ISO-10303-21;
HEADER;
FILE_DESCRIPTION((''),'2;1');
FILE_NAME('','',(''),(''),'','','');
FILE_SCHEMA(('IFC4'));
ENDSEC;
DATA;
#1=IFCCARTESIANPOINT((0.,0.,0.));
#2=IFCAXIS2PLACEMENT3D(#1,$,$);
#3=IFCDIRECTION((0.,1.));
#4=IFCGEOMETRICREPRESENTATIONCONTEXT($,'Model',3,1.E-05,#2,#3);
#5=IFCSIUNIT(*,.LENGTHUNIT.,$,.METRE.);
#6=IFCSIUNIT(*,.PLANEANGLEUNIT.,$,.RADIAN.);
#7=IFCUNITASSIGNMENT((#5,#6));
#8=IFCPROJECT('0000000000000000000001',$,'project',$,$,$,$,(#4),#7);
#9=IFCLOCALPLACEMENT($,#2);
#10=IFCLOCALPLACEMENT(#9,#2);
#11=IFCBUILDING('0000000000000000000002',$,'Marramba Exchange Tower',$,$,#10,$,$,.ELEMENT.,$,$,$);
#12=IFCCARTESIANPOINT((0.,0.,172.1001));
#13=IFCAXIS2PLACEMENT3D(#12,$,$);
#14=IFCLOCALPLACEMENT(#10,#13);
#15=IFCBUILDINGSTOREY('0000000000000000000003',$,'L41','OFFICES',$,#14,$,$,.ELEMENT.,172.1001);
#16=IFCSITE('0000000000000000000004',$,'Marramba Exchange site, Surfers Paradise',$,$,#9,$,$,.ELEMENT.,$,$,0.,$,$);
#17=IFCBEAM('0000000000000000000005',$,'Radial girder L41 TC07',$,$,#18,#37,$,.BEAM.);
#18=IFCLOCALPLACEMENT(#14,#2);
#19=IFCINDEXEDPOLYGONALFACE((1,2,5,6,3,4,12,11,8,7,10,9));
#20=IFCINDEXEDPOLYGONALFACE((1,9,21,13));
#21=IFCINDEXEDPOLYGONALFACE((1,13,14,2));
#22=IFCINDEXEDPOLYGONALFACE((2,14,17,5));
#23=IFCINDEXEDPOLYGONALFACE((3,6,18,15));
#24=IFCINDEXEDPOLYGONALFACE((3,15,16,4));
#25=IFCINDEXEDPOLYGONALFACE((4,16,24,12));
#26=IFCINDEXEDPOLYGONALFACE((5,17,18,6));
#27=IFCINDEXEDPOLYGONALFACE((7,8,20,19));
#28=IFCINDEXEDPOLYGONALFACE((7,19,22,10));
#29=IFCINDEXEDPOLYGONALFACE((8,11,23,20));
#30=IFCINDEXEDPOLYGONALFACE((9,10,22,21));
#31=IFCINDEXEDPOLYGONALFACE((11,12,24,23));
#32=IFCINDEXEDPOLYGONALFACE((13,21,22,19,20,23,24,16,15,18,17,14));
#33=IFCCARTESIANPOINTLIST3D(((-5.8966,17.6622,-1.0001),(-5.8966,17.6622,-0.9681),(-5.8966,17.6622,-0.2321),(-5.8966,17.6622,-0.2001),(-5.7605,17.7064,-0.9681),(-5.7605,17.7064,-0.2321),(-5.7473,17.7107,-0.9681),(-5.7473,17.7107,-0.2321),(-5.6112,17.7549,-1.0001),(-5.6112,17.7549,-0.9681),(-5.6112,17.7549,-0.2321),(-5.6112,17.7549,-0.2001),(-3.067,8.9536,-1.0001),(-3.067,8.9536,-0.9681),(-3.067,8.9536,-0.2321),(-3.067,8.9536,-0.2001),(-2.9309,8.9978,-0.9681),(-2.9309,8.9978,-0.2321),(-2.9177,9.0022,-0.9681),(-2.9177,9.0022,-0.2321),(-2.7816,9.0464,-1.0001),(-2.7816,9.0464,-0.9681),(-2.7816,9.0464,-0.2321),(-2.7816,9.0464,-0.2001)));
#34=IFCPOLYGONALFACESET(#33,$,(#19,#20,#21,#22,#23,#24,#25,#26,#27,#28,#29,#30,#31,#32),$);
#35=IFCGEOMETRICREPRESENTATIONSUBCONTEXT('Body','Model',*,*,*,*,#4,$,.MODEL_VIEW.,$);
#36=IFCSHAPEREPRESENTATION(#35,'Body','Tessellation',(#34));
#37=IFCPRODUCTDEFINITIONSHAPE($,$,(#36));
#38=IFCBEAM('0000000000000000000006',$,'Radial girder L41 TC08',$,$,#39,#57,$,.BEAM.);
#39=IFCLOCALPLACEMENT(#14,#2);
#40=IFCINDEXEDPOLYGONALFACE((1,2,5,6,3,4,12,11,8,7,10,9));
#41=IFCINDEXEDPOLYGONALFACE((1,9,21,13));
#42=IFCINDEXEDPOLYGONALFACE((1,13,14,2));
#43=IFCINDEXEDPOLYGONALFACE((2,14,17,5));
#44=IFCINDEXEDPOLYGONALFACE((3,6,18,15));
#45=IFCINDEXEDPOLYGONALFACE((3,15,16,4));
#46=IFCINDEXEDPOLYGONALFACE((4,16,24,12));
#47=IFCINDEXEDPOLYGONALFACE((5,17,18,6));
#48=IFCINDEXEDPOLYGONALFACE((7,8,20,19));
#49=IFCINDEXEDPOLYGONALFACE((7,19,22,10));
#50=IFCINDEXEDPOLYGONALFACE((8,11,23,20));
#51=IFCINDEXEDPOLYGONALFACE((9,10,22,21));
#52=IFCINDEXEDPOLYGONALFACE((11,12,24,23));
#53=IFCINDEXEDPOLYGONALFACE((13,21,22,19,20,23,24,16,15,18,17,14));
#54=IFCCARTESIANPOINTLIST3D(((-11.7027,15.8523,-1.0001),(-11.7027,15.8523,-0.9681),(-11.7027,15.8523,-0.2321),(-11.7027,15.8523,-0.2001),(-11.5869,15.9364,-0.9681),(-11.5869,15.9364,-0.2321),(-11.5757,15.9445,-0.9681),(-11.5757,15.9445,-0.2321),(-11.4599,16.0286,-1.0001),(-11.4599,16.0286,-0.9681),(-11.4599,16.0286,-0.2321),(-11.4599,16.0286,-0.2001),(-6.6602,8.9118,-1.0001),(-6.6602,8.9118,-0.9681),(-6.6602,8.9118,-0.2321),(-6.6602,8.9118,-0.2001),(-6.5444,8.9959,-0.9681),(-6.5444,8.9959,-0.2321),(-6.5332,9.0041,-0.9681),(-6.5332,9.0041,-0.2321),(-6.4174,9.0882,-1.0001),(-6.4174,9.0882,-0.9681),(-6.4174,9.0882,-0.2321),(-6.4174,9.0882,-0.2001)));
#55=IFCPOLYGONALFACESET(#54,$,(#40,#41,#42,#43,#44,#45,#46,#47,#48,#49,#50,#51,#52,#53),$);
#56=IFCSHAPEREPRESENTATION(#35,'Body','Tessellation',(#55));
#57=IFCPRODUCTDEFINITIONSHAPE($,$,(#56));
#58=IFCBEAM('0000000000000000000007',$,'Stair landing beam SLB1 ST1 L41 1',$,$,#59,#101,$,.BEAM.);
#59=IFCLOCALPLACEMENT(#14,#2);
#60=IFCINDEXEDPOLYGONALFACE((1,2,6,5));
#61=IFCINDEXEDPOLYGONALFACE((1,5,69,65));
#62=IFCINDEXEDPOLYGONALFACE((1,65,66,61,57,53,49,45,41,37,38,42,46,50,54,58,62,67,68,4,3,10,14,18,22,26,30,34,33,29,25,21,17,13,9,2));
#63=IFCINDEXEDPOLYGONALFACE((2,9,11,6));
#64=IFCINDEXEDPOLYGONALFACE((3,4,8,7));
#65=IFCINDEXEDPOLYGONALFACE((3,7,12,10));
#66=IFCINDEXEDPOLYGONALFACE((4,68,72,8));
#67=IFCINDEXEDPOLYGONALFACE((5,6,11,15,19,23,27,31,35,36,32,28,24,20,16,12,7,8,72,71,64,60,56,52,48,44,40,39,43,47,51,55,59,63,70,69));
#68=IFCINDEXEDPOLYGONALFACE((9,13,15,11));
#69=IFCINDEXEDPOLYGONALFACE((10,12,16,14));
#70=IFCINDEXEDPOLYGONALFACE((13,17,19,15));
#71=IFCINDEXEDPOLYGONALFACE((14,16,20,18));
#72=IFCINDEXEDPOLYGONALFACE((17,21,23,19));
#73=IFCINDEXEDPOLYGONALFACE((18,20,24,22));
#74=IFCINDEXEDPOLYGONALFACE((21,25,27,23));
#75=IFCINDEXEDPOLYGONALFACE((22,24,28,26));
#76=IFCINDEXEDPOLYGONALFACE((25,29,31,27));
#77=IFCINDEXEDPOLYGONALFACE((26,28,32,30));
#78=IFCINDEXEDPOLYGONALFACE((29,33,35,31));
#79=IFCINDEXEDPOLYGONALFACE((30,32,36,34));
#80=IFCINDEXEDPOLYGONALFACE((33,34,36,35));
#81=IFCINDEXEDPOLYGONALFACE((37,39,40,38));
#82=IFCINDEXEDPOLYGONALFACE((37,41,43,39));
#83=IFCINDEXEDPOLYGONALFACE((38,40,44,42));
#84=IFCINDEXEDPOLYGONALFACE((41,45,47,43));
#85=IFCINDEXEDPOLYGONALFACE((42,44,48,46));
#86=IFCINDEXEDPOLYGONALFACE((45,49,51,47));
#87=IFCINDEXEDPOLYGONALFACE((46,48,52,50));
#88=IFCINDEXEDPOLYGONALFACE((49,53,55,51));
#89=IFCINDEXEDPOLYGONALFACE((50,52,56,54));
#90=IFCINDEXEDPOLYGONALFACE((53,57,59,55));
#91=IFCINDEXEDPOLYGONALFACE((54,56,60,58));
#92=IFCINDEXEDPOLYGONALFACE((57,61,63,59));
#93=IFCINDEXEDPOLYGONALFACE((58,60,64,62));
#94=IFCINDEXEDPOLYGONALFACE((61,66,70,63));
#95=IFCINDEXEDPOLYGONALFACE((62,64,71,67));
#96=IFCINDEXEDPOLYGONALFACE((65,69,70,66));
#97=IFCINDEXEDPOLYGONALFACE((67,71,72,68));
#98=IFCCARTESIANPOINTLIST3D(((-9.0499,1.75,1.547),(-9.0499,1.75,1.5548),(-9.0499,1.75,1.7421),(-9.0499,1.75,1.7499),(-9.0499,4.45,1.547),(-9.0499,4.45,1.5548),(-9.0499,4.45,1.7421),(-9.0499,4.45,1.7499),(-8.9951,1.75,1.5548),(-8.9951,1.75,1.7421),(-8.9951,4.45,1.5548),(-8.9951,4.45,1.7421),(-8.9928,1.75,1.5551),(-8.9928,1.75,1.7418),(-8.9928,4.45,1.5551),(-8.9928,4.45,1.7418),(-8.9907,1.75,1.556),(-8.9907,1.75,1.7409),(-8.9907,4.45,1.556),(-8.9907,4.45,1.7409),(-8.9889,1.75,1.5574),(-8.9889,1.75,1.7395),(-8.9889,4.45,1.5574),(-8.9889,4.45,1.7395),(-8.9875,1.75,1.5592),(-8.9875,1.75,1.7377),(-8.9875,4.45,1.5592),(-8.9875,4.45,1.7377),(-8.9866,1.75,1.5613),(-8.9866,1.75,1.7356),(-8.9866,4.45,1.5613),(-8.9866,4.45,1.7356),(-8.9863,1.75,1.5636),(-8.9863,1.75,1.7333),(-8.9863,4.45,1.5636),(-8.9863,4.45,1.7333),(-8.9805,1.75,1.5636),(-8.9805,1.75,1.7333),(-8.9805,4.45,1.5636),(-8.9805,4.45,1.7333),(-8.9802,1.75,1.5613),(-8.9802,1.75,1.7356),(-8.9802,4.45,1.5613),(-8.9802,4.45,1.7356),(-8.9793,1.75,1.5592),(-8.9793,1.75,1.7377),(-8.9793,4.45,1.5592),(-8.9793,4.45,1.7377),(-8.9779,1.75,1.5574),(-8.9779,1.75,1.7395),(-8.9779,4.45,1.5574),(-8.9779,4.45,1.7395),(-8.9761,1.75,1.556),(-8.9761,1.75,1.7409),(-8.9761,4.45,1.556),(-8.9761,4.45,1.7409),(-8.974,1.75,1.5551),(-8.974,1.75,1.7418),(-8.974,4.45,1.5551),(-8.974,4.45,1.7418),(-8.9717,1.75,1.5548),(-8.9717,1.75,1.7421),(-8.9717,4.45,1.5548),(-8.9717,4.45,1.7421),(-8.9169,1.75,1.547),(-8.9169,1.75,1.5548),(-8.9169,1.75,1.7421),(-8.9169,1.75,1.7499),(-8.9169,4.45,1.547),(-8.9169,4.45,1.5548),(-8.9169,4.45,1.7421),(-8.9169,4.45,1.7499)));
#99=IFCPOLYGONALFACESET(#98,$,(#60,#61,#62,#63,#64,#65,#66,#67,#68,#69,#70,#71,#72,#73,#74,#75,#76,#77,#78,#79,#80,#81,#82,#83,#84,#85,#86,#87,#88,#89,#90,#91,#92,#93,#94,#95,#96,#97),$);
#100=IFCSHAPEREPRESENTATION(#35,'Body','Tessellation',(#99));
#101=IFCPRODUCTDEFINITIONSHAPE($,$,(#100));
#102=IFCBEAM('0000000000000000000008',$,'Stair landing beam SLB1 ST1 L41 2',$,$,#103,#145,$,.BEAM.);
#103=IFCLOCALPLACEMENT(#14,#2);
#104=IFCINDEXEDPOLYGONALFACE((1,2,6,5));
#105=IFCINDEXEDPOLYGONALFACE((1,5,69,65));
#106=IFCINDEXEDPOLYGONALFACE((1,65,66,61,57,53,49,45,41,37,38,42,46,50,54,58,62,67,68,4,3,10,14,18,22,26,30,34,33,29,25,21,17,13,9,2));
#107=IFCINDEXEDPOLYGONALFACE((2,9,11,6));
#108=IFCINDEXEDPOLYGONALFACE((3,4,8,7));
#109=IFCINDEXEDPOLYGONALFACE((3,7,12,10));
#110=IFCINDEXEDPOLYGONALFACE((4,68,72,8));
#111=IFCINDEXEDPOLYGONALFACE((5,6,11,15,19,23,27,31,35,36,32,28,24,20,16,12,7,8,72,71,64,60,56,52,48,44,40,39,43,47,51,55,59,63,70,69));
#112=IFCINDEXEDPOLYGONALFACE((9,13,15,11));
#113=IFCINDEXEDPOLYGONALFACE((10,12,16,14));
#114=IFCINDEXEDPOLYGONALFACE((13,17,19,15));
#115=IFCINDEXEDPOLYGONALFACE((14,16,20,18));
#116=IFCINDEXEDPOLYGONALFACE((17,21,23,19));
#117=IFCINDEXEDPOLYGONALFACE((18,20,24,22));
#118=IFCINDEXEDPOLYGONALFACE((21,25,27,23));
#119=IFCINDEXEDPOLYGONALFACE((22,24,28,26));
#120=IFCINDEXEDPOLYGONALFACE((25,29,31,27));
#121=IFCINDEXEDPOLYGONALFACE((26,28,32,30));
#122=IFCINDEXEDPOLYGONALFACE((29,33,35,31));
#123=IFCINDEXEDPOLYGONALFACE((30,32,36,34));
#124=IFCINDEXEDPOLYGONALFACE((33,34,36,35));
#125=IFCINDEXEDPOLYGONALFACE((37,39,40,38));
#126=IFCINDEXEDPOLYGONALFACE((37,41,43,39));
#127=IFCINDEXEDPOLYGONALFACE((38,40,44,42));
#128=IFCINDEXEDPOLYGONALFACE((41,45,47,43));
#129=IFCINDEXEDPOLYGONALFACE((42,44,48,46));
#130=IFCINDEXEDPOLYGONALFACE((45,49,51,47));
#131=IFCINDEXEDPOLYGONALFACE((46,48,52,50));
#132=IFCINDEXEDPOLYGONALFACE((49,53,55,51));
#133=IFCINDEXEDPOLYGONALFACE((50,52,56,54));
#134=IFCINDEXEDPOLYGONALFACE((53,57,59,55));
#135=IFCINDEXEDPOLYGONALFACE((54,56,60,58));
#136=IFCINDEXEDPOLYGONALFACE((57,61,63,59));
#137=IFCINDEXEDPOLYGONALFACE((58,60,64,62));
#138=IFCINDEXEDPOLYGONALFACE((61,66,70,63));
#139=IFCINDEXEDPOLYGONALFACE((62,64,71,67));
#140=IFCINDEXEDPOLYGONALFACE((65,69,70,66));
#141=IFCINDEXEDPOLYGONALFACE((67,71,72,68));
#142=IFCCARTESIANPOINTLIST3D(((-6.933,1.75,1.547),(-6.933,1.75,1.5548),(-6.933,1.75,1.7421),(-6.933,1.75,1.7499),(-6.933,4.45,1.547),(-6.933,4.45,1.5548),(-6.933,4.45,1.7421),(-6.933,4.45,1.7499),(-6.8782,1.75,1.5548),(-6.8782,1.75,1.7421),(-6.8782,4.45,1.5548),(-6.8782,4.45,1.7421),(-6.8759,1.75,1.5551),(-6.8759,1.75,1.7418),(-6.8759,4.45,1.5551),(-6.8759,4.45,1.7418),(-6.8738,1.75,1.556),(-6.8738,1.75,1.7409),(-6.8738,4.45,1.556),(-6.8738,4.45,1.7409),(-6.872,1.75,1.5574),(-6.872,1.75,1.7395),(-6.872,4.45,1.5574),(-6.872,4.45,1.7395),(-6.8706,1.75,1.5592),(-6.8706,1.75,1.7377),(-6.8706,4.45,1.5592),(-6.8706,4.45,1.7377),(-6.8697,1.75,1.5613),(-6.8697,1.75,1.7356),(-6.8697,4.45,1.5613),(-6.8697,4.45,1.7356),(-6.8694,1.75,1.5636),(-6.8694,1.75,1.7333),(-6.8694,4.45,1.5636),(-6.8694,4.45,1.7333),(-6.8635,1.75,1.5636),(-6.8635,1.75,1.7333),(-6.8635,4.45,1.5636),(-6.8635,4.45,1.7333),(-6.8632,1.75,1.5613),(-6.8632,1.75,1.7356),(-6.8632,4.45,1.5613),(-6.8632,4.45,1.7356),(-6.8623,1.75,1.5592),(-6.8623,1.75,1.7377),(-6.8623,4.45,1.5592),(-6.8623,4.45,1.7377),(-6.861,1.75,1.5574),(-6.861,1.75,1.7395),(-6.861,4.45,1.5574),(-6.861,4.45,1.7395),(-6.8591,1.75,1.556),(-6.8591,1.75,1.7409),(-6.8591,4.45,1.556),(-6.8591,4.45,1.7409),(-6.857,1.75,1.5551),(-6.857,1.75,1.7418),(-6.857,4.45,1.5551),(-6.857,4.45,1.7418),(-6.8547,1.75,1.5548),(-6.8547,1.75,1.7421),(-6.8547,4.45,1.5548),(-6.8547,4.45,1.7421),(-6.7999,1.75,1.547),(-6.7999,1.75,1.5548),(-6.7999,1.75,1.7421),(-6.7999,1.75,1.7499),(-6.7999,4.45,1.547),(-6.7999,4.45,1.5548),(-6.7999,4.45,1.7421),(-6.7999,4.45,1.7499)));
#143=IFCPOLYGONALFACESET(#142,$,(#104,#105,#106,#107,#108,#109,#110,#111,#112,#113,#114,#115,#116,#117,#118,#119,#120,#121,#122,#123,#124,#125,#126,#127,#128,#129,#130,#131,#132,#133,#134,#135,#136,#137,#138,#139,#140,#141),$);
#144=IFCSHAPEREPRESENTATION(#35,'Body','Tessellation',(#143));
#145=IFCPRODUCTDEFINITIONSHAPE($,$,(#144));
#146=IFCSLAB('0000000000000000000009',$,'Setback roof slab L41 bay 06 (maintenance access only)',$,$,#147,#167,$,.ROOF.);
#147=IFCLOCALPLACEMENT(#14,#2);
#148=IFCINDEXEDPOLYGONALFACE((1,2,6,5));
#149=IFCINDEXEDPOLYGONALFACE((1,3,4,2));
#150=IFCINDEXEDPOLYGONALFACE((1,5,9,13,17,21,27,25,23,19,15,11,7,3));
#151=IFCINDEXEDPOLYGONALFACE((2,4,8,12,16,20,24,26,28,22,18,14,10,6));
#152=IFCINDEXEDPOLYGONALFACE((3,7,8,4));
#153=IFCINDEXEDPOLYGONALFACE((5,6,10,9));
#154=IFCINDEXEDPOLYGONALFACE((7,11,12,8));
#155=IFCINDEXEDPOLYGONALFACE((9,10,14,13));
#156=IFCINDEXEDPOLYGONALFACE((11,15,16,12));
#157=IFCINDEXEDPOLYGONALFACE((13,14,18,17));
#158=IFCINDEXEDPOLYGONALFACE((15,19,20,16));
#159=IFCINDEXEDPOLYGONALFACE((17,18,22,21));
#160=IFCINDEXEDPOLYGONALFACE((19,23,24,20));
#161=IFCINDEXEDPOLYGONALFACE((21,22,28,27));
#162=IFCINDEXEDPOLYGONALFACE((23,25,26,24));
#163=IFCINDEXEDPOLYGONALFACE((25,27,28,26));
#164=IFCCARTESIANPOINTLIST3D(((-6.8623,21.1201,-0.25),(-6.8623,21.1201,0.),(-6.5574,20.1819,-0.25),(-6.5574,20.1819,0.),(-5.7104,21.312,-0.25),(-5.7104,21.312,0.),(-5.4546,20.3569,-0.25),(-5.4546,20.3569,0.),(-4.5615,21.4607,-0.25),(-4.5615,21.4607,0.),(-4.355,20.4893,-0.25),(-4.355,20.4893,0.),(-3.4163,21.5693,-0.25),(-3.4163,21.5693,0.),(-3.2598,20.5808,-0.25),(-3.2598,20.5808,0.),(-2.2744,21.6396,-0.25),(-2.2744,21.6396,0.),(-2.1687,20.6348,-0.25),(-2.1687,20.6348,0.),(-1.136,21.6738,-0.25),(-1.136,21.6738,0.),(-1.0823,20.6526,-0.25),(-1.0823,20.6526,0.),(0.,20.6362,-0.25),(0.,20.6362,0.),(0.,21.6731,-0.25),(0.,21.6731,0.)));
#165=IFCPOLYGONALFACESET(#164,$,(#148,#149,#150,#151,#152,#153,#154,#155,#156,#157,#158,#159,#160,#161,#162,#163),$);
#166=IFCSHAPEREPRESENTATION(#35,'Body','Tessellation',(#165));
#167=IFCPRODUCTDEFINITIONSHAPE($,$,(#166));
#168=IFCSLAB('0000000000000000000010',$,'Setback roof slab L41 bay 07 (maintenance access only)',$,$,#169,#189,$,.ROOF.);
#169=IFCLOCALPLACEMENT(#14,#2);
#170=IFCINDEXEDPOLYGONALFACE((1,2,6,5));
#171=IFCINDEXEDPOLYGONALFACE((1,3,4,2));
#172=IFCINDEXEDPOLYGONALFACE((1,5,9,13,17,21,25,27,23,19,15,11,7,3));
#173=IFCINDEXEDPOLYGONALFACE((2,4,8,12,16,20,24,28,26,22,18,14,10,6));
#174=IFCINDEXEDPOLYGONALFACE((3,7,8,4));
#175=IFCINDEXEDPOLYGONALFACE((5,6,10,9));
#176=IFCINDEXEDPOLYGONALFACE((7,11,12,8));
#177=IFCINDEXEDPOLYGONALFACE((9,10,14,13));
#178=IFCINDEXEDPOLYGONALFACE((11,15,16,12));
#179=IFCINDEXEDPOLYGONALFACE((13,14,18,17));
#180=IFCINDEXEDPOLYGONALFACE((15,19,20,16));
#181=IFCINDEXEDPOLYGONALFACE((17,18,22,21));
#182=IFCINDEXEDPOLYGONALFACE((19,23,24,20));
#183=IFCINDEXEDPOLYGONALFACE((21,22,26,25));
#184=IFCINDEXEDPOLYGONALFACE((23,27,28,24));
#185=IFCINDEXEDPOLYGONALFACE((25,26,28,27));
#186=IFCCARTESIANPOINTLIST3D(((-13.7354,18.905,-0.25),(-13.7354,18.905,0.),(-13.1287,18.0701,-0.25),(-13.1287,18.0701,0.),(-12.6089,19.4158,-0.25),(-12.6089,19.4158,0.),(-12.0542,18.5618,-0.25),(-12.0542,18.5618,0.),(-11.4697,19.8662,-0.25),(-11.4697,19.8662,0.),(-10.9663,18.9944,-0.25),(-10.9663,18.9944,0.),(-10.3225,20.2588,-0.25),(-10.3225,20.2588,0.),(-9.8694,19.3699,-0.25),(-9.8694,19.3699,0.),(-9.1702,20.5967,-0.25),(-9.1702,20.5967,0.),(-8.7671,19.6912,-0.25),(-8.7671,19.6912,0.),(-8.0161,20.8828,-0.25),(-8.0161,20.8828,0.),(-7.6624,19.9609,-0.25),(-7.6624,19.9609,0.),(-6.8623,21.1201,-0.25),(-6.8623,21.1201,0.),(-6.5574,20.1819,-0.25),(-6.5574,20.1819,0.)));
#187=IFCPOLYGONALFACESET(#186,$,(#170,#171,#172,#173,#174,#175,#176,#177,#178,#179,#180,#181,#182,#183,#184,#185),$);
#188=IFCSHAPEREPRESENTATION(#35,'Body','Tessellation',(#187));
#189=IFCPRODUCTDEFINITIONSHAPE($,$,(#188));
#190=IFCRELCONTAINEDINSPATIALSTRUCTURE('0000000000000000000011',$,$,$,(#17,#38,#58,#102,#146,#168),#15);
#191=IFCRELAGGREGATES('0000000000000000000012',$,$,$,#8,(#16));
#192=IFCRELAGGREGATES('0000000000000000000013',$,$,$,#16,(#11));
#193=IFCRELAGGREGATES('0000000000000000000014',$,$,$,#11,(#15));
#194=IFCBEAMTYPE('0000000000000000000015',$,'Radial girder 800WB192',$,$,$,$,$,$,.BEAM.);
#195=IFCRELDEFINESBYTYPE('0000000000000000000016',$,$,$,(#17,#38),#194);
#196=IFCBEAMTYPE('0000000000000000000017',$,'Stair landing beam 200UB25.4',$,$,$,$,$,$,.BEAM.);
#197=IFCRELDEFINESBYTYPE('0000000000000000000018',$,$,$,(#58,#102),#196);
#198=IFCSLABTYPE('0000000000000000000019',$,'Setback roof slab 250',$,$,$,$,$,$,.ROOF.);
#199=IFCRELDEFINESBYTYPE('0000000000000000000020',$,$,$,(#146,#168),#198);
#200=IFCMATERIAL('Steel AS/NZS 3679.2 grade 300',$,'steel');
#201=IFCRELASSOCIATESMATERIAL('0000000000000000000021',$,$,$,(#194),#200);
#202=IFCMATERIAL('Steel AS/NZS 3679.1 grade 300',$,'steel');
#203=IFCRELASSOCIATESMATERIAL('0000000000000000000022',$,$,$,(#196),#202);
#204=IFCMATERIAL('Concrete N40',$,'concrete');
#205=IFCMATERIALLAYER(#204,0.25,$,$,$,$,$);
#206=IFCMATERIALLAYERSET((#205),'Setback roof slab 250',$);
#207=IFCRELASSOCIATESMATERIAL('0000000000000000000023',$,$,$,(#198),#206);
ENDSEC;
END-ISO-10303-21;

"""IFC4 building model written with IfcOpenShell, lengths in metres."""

from ifc_helpers import new_model, si_unit, direction, frame, origin, origin_2d, place, context, subcontext, project, spatial, polyline, i_section, outline, extrude, material, layer, layer_set, material_profile, profile_set, type_object, element, save


model = new_model("IFC4")

# Units and contexts
model_context = context("Model", 3, precision=1e-05, world=origin(), true_north=direction((0.0, 1.0)))
body_context = subcontext(model_context, "Body", "Model", "MODEL_VIEW")
ifc_project = project(units=[si_unit("LENGTHUNIT", "METRE"), si_unit("PLANEANGLEUNIT", "RADIAN")], contexts=[model_context])

# Site, building, storey
site_placement = place(None, origin())
site = spatial("IfcSite", under=ifc_project, at=site_placement, Name="Marramba Exchange site, Surfers Paradise", CompositionType="ELEMENT", RefElevation=0.0)
building_placement = place(site_placement, origin())
building = spatial("IfcBuilding", under=site, at=building_placement, Name="Marramba Exchange Tower", CompositionType="ELEMENT")
storey_placement = place(building_placement, frame((0.0, 0.0, 172.1001)))
storey = spatial("IfcBuildingStorey", under=building, at=storey_placement, Name="L41", Description="OFFICES", CompositionType="ELEMENT", Elevation=172.1001)

# Beams
ifc_material_1 = material(Name="Steel AS/NZS 3679.2 grade 300", Category="steel")
ifc_material_profile_1 = material_profile(ifc_material_1, i_section(OverallWidth=0.3, OverallDepth=0.8, WebThickness=0.0139, FlangeThickness=0.032, at=origin_2d()), Name="800WB192")
ifc_profile_set_1 = profile_set([ifc_material_profile_1], Name="Steel AS/NZS 3679.2 grade 300")
beam_type_1 = type_object("IfcBeamType", Name="Radial girder 800WB192", PredefinedType="BEAM", material=ifc_profile_set_1)
beam_1_placement = place(storey_placement, frame((-2.9243, 9.0, -0.6001), z_axis=(-0.30902, 0.951056, 0.0), x_axis=(-0.951056, -0.30902, 0.0)))
element("IfcBeam", 1, at=beam_1_placement, inside=storey, type_object=beam_type_1, Name="Radial girder L41 TC07", PredefinedType="BEAM", context=body_context, shape_type="SweptSolid", body=[
    extrude(i_section(OverallWidth=0.3, OverallDepth=0.8, WebThickness=0.0139, FlangeThickness=0.032, at=origin_2d()), origin(), (0.0, 0.0, 1.0), 9.1567),
])
beam_2_placement = place(storey_placement, frame((-6.5388, 9.0, -0.6001), z_axis=(-0.587782, 0.809019, 0.0), x_axis=(-0.809019, -0.587782, 0.0)))
element("IfcBeam", 2, at=beam_2_placement, inside=storey, type_object=beam_type_1, Name="Radial girder L41 TC08", PredefinedType="BEAM", context=body_context, shape_type="SweptSolid", body=[
    extrude(i_section(OverallWidth=0.3, OverallDepth=0.8, WebThickness=0.0139, FlangeThickness=0.032, at=origin_2d()), origin(), (0.0, 0.0, 1.0), 8.5789),
])
ifc_material_2 = material(Name="Steel AS/NZS 3679.1 grade 300", Category="steel")
ifc_material_profile_2 = material_profile(ifc_material_2, i_section(OverallWidth=0.1331, OverallDepth=0.2029, WebThickness=0.0059, FlangeThickness=0.0078, FilletRadius=0.0088, at=origin_2d()), Name="200UB25.4")
ifc_profile_set_2 = profile_set([ifc_material_profile_2], Name="Steel AS/NZS 3679.1 grade 300")
beam_type_2 = type_object("IfcBeamType", Name="Stair landing beam 200UB25.4", PredefinedType="BEAM", material=ifc_profile_set_2)
for number, where, z_axis, x_axis, name in (
    (3, (-8.9834, 1.75, 1.6484), (0.0, 1.0, 0.0), (-1.0, 0.0, 0.0), "Stair landing beam SLB1 ST1 L41 1"),
    (4, (-6.8665, 1.75, 1.6484), (0.0, 1.0, 0.0), (-1.0, 0.0, 0.0), "Stair landing beam SLB1 ST1 L41 2"),
):
    element("IfcBeam", number, at=place(storey_placement, frame(where, z_axis=z_axis, x_axis=x_axis)), inside=storey, type_object=beam_type_2, Name=name, PredefinedType="BEAM", context=body_context, shape_type="SweptSolid", body=[
        extrude(i_section(OverallWidth=0.1331, OverallDepth=0.2029, WebThickness=0.0059, FlangeThickness=0.0078, FilletRadius=0.0088, at=origin_2d()), origin(), (0.0, 0.0, 1.0), 2.7),
    ])

# Slabs
ifc_material_3 = material(Name="Concrete N40", Category="concrete")
ifc_layer_1 = layer(ifc_material_3, 0.25)
ifc_layer_set_1 = layer_set([ifc_layer_1], Name="Setback roof slab 250")
slab_type = type_object("IfcSlabType", Name="Setback roof slab 250", PredefinedType="ROOF", material=ifc_layer_set_1)
slab_1_placement = place(storey_placement, frame((0.0, 0.0, -0.25)))
element("IfcSlab", 5, at=slab_1_placement, inside=storey, type_object=slab_type, Name="Setback roof slab L41 bay 06 (maintenance access only)", PredefinedType="ROOF", context=body_context, shape_type="SweptSolid", body=[
    extrude(outline(polyline([(-6.8623, 21.1201), (-5.7104, 21.312), (-4.5615, 21.4607), (-3.4163, 21.5693), (-2.2744, 21.6396), (-1.136, 21.6738), (0.0, 21.6731), (0.0, 20.6362), (-1.0823, 20.6526), (-2.1687, 20.6348), (-3.2598, 20.5808), (-4.355, 20.4893), (-5.4546, 20.3569), (-6.5574, 20.1819), (-6.8623, 21.1201)])), origin(), (0.0, 0.0, 1.0), 0.25),
])
slab_2_placement = place(storey_placement, frame((0.0, 0.0, -0.25)))
element("IfcSlab", 6, at=slab_2_placement, inside=storey, type_object=slab_type, Name="Setback roof slab L41 bay 07 (maintenance access only)", PredefinedType="ROOF", context=body_context, shape_type="SweptSolid", body=[
    extrude(outline(polyline([(-13.7354, 18.905), (-12.6089, 19.4158), (-11.4697, 19.8662), (-10.3225, 20.2588), (-9.1702, 20.5967), (-8.0161, 20.8828), (-6.8623, 21.1201), (-6.5574, 20.1819), (-7.6624, 19.9609), (-8.7671, 19.6912), (-9.8694, 19.3699), (-10.9663, 18.9944), (-12.0542, 18.5618), (-13.1287, 18.0701), (-13.7354, 18.905)])), origin(), (0.0, 0.0, 1.0), 0.25),
])

save(model, "model.ifc")
